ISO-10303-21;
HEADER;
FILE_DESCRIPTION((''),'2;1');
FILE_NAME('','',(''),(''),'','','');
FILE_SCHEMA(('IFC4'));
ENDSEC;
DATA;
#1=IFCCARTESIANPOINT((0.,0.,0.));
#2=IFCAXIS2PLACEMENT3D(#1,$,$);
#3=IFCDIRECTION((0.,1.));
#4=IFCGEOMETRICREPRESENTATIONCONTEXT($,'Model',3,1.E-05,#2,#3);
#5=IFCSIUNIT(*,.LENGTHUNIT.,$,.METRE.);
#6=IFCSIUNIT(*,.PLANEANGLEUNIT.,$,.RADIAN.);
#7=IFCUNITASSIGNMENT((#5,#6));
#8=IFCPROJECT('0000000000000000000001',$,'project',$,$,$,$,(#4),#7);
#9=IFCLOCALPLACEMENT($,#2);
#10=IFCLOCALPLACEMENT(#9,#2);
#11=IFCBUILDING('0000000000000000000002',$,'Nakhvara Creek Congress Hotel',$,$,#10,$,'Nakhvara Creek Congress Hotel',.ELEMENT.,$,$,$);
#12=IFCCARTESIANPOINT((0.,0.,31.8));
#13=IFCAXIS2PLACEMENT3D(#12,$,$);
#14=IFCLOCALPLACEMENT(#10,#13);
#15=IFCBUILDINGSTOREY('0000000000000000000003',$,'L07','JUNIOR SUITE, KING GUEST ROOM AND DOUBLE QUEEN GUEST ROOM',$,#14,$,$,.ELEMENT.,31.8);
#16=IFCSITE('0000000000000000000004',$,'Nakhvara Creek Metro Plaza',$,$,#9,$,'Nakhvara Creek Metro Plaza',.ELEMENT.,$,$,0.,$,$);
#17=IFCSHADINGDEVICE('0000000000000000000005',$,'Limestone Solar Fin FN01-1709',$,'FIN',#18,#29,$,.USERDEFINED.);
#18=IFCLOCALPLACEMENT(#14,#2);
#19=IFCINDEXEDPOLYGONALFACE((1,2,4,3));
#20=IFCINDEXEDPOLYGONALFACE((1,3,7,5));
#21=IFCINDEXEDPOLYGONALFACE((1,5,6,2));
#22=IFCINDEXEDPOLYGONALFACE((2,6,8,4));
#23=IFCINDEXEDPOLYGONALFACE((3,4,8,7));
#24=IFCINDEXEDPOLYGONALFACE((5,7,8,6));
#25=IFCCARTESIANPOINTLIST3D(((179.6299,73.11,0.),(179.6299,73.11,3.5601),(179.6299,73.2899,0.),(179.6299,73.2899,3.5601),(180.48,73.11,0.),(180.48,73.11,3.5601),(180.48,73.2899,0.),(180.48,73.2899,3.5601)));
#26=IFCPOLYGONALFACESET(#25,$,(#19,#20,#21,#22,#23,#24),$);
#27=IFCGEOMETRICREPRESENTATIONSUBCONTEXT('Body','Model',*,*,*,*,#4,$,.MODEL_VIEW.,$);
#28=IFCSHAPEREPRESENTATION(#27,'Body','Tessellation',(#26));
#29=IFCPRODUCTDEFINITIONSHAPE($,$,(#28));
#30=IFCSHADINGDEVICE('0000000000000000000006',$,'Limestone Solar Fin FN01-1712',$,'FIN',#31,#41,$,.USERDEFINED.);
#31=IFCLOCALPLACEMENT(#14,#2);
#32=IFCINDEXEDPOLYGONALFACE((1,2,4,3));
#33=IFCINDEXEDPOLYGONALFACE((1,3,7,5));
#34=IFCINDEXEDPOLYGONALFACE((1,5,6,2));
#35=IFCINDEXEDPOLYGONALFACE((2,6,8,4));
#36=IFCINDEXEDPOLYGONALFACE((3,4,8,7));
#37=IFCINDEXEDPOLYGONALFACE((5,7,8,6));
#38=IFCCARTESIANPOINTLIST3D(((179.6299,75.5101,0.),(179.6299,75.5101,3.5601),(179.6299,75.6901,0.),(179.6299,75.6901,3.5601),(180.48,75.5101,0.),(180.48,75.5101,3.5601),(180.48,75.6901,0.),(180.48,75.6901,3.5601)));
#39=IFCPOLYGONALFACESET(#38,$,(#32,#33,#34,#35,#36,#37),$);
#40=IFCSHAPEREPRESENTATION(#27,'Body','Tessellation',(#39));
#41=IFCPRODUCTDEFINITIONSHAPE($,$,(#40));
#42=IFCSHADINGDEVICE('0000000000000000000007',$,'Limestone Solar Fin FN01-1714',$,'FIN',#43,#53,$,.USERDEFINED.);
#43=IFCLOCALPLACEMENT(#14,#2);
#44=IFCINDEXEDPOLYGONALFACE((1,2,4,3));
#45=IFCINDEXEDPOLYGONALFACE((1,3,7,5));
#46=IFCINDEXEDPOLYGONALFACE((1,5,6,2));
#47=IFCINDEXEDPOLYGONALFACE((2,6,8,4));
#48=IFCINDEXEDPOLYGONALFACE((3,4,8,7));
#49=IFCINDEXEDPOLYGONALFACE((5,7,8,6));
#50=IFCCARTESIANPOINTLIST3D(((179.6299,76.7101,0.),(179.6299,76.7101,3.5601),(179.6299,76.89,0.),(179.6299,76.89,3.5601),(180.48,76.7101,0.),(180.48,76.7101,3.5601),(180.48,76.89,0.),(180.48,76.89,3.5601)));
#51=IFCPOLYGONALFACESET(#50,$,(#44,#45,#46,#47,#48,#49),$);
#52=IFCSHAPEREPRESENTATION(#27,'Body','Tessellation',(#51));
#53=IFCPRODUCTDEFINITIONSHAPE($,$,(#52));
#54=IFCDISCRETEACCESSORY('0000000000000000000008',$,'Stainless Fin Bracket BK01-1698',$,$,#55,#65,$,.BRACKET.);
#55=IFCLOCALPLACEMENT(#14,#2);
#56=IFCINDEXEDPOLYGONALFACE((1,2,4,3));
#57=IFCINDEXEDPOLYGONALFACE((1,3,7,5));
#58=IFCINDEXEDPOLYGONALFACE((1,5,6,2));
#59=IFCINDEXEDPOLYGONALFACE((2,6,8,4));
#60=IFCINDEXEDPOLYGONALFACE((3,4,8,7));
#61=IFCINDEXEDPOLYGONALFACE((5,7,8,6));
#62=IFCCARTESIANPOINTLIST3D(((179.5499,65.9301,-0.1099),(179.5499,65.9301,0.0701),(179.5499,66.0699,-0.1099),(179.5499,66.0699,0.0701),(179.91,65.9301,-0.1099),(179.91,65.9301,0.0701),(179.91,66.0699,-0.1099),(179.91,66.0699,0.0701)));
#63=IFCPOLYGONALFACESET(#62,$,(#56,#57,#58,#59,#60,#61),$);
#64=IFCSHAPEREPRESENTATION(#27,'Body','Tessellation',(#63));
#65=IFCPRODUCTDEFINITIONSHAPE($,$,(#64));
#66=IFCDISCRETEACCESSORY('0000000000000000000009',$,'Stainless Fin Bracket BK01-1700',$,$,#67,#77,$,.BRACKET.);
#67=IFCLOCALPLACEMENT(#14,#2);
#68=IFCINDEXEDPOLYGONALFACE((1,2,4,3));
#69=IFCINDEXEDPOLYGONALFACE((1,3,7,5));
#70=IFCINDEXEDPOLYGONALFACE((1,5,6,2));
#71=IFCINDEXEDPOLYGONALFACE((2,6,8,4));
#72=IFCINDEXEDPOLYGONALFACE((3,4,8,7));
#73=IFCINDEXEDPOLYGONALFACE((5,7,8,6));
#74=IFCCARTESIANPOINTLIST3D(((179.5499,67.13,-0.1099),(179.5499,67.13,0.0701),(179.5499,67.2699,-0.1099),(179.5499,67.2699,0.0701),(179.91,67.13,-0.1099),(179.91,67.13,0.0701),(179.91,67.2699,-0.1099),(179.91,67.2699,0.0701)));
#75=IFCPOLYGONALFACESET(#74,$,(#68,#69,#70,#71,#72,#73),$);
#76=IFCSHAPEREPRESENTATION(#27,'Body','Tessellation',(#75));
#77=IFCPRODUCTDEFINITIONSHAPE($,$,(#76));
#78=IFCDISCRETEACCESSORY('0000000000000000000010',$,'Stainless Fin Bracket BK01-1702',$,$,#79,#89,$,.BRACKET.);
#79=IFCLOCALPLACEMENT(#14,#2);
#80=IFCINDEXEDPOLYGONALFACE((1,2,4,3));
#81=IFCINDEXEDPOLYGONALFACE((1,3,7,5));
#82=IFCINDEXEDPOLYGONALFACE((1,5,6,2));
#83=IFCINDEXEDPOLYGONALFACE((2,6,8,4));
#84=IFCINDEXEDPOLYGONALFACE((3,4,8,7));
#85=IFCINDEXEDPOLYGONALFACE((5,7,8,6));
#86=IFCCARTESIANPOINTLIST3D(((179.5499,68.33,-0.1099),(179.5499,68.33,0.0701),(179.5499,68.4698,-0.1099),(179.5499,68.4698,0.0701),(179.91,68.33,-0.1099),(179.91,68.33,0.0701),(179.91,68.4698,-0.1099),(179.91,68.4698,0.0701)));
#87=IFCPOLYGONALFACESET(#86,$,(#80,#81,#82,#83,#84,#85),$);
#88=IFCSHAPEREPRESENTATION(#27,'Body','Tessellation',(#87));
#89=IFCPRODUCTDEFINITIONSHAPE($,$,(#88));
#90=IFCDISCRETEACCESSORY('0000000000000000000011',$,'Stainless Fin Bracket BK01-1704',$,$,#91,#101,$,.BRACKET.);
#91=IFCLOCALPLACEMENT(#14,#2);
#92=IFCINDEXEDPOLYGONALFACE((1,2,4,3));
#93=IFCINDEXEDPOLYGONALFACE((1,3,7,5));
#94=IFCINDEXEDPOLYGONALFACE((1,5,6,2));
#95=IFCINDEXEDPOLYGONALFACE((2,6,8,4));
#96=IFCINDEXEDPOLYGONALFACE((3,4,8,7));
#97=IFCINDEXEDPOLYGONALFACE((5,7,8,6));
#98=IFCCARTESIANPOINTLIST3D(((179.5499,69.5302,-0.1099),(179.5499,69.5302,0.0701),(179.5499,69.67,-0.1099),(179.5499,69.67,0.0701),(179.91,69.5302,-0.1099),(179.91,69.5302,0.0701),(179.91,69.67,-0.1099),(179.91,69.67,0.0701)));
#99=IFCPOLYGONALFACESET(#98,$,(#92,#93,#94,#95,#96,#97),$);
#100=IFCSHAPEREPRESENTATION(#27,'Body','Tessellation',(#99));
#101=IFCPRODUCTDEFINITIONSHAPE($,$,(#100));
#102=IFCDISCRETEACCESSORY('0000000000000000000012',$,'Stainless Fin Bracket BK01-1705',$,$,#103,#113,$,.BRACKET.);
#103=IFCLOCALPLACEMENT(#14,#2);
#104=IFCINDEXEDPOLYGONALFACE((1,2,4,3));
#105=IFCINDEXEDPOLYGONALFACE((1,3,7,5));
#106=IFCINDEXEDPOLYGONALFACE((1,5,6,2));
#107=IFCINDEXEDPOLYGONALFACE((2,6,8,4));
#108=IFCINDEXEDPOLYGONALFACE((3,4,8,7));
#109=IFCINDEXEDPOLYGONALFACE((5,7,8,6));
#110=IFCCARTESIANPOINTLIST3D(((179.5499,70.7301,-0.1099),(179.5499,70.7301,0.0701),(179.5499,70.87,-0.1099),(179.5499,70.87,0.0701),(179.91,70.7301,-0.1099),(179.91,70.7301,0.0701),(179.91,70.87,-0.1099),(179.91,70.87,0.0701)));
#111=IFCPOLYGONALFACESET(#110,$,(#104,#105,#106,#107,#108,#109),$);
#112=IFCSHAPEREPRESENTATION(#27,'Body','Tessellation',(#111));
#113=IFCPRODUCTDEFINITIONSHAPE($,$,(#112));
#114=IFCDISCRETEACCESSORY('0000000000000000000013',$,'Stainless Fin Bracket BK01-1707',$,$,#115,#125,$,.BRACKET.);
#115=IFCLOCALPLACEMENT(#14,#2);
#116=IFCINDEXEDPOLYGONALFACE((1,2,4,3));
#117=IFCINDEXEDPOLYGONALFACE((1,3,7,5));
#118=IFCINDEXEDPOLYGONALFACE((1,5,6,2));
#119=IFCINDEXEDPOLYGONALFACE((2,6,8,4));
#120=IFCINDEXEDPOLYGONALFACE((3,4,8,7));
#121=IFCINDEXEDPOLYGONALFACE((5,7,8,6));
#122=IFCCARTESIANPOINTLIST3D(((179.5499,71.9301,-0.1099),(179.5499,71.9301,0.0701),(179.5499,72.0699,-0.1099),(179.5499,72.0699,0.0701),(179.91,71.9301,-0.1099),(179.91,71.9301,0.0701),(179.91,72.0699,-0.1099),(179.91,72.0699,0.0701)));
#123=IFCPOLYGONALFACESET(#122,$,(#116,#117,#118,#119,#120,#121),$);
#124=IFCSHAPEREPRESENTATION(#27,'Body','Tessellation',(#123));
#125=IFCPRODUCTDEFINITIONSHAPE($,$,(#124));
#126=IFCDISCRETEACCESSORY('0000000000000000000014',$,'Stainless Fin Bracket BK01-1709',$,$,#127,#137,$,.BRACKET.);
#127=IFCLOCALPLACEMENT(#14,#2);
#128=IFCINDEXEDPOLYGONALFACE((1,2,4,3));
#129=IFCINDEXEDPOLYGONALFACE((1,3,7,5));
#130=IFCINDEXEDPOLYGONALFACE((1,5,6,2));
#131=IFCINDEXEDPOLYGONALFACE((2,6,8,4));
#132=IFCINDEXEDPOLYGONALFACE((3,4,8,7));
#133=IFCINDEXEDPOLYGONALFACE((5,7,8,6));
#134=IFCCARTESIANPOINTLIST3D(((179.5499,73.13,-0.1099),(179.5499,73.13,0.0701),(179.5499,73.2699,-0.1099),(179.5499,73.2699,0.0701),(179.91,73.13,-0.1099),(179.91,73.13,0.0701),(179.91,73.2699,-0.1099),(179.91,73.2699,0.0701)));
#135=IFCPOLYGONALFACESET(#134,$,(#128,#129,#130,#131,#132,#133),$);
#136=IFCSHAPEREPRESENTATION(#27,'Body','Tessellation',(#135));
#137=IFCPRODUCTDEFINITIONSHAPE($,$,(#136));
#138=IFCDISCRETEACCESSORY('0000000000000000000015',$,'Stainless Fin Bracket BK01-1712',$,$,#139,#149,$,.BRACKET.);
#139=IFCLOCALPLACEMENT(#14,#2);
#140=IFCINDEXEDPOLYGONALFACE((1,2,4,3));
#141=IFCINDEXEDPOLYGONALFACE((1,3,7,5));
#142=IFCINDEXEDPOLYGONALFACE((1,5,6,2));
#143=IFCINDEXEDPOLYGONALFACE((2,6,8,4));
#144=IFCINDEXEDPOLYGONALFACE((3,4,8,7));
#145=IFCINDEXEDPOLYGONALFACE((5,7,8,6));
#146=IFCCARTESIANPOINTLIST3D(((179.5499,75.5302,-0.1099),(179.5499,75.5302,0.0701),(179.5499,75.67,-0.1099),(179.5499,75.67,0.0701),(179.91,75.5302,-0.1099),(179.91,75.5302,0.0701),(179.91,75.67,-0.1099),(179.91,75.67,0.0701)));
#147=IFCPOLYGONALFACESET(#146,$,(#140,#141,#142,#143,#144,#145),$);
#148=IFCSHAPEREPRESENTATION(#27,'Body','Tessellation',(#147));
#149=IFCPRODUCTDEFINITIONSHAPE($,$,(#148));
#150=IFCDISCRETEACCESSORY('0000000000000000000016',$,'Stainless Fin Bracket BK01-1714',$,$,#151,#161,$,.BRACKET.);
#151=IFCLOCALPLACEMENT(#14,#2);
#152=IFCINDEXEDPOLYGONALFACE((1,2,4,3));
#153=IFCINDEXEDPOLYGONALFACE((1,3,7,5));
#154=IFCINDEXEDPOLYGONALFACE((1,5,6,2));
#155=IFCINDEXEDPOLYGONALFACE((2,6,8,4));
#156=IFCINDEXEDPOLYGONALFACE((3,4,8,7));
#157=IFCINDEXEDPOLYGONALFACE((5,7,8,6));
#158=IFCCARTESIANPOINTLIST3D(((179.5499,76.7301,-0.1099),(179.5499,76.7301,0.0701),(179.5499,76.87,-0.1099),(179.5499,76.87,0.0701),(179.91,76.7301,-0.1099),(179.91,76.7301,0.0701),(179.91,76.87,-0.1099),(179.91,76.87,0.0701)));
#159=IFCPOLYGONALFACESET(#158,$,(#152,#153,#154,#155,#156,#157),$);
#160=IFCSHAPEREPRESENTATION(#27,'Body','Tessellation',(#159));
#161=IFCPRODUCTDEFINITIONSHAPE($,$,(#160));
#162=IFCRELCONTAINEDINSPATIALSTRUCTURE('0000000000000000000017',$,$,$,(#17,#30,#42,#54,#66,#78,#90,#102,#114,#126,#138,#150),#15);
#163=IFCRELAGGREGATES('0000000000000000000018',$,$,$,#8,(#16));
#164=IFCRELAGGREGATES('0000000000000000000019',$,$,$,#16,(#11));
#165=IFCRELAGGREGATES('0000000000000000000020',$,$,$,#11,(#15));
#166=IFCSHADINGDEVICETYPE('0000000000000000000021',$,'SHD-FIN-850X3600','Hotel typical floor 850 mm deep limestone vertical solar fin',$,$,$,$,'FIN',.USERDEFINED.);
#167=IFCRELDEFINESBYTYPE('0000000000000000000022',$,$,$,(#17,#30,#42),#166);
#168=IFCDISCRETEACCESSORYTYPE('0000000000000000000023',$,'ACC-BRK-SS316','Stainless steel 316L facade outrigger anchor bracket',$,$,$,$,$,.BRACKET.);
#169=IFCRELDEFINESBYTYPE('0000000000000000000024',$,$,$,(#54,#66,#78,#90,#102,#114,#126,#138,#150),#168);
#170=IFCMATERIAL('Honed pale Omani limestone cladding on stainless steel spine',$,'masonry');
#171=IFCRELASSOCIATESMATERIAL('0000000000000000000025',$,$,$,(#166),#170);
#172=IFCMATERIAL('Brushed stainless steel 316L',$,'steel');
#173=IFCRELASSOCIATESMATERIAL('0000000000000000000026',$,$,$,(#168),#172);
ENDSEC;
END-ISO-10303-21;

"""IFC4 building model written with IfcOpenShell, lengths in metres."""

from ifc_helpers import new_model, si_unit, direction, frame, origin, origin_2d, place, context, subcontext, project, spatial, rectangle, extrude, material, type_object, element, save


model = new_model("IFC4")

# Units and contexts
model_context = context("Model", 3, precision=1e-05, world=origin(), true_north=direction((0.0, 1.0)))
body_context = subcontext(model_context, "Body", "Model", "MODEL_VIEW")
ifc_project = project(units=[si_unit("LENGTHUNIT", "METRE"), si_unit("PLANEANGLEUNIT", "RADIAN")], contexts=[model_context])

# Site, building, storey
site_placement = place(None, origin())
site = spatial("IfcSite", under=ifc_project, at=site_placement, Name="Nakhvara Creek Metro Plaza", LongName="Nakhvara Creek Metro Plaza", CompositionType="ELEMENT", RefElevation=0.0)
building_placement = place(site_placement, origin())
building = spatial("IfcBuilding", under=site, at=building_placement, Name="Nakhvara Creek Congress Hotel", LongName="Nakhvara Creek Congress Hotel", CompositionType="ELEMENT")
storey_placement = place(building_placement, frame((0.0, 0.0, 31.8)))
storey = spatial("IfcBuildingStorey", under=building, at=storey_placement, Name="L07", Description="JUNIOR SUITE, KING GUEST ROOM AND DOUBLE QUEEN GUEST ROOM", CompositionType="ELEMENT", Elevation=31.8)

# Shading devices
ifc_material_1 = material(Name="Honed pale Omani limestone cladding on stainless steel spine", Category="masonry")
shading_device_type = type_object("IfcShadingDeviceType", Name="SHD-FIN-850X3600", Description="Hotel typical floor 850 mm deep limestone vertical solar fin", ElementType="FIN", PredefinedType="USERDEFINED", material=ifc_material_1)
for number, where, z_axis, x_axis, name in (
    (1, (180.0549, 73.2, 0.0), (0.0, 0.0, 1.0), (0.0, 1.0, 0.0), "Limestone Solar Fin FN01-1709"),
    (2, (180.0549, 75.6001, 0.0), (0.0, 0.0, 1.0), (0.0, 1.0, 0.0), "Limestone Solar Fin FN01-1712"),
    (3, (180.0549, 76.8, 0.0), (0.0, 0.0, 1.0), (0.0, 1.0, 0.0), "Limestone Solar Fin FN01-1714"),
):
    element("IfcShadingDevice", number, at=place(storey_placement, frame(where, z_axis=z_axis, x_axis=x_axis)), inside=storey, type_object=shading_device_type, Name=name, ObjectType="FIN", PredefinedType="USERDEFINED", context=body_context, shape_type="SweptSolid", body=[
        extrude(rectangle(XDim=0.1799, YDim=0.8501, at=origin_2d()), origin(), (0.0, 0.0, 1.0), 3.5601),
    ])

# Discrete accessories
ifc_material_2 = material(Name="Brushed stainless steel 316L", Category="steel")
discrete_accessory_type = type_object("IfcDiscreteAccessoryType", Name="ACC-BRK-SS316", Description="Stainless steel 316L facade outrigger anchor bracket", PredefinedType="BRACKET", material=ifc_material_2)
for number, where, z_axis, x_axis, name in (
    (4, (179.73, 66.0, -0.1099), (0.0, 0.0, 1.0), (0.0, 1.0, 0.0), "Stainless Fin Bracket BK01-1698"),
    (5, (179.73, 67.2, -0.1099), (0.0, 0.0, 1.0), (0.0, 1.0, 0.0), "Stainless Fin Bracket BK01-1700"),
    (6, (179.73, 68.3999, -0.1099), (0.0, 0.0, 1.0), (0.0, 1.0, 0.0), "Stainless Fin Bracket BK01-1702"),
    (7, (179.73, 69.6001, -0.1099), (0.0, 0.0, 1.0), (0.0, 1.0, 0.0), "Stainless Fin Bracket BK01-1704"),
    (8, (179.73, 70.8, -0.1099), (0.0, 0.0, 1.0), (0.0, 1.0, 0.0), "Stainless Fin Bracket BK01-1705"),
    (9, (179.73, 72.0, -0.1099), (0.0, 0.0, 1.0), (0.0, 1.0, 0.0), "Stainless Fin Bracket BK01-1707"),
    (10, (179.73, 73.2, -0.1099), (0.0, 0.0, 1.0), (0.0, 1.0, 0.0), "Stainless Fin Bracket BK01-1709"),
    (11, (179.73, 75.6001, -0.1099), (0.0, 0.0, 1.0), (0.0, 1.0, 0.0), "Stainless Fin Bracket BK01-1712"),
    (12, (179.73, 76.8, -0.1099), (0.0, 0.0, 1.0), (0.0, 1.0, 0.0), "Stainless Fin Bracket BK01-1714"),
):
    element("IfcDiscreteAccessory", number, at=place(storey_placement, frame(where, z_axis=z_axis, x_axis=x_axis)), inside=storey, type_object=discrete_accessory_type, Name=name, PredefinedType="BRACKET", context=body_context, shape_type="SweptSolid", body=[
        extrude(rectangle(XDim=0.1399, YDim=0.3601, at=origin_2d()), origin(), (0.0, 0.0, 1.0), 0.1799),
    ])

save(model, "model.ifc")
